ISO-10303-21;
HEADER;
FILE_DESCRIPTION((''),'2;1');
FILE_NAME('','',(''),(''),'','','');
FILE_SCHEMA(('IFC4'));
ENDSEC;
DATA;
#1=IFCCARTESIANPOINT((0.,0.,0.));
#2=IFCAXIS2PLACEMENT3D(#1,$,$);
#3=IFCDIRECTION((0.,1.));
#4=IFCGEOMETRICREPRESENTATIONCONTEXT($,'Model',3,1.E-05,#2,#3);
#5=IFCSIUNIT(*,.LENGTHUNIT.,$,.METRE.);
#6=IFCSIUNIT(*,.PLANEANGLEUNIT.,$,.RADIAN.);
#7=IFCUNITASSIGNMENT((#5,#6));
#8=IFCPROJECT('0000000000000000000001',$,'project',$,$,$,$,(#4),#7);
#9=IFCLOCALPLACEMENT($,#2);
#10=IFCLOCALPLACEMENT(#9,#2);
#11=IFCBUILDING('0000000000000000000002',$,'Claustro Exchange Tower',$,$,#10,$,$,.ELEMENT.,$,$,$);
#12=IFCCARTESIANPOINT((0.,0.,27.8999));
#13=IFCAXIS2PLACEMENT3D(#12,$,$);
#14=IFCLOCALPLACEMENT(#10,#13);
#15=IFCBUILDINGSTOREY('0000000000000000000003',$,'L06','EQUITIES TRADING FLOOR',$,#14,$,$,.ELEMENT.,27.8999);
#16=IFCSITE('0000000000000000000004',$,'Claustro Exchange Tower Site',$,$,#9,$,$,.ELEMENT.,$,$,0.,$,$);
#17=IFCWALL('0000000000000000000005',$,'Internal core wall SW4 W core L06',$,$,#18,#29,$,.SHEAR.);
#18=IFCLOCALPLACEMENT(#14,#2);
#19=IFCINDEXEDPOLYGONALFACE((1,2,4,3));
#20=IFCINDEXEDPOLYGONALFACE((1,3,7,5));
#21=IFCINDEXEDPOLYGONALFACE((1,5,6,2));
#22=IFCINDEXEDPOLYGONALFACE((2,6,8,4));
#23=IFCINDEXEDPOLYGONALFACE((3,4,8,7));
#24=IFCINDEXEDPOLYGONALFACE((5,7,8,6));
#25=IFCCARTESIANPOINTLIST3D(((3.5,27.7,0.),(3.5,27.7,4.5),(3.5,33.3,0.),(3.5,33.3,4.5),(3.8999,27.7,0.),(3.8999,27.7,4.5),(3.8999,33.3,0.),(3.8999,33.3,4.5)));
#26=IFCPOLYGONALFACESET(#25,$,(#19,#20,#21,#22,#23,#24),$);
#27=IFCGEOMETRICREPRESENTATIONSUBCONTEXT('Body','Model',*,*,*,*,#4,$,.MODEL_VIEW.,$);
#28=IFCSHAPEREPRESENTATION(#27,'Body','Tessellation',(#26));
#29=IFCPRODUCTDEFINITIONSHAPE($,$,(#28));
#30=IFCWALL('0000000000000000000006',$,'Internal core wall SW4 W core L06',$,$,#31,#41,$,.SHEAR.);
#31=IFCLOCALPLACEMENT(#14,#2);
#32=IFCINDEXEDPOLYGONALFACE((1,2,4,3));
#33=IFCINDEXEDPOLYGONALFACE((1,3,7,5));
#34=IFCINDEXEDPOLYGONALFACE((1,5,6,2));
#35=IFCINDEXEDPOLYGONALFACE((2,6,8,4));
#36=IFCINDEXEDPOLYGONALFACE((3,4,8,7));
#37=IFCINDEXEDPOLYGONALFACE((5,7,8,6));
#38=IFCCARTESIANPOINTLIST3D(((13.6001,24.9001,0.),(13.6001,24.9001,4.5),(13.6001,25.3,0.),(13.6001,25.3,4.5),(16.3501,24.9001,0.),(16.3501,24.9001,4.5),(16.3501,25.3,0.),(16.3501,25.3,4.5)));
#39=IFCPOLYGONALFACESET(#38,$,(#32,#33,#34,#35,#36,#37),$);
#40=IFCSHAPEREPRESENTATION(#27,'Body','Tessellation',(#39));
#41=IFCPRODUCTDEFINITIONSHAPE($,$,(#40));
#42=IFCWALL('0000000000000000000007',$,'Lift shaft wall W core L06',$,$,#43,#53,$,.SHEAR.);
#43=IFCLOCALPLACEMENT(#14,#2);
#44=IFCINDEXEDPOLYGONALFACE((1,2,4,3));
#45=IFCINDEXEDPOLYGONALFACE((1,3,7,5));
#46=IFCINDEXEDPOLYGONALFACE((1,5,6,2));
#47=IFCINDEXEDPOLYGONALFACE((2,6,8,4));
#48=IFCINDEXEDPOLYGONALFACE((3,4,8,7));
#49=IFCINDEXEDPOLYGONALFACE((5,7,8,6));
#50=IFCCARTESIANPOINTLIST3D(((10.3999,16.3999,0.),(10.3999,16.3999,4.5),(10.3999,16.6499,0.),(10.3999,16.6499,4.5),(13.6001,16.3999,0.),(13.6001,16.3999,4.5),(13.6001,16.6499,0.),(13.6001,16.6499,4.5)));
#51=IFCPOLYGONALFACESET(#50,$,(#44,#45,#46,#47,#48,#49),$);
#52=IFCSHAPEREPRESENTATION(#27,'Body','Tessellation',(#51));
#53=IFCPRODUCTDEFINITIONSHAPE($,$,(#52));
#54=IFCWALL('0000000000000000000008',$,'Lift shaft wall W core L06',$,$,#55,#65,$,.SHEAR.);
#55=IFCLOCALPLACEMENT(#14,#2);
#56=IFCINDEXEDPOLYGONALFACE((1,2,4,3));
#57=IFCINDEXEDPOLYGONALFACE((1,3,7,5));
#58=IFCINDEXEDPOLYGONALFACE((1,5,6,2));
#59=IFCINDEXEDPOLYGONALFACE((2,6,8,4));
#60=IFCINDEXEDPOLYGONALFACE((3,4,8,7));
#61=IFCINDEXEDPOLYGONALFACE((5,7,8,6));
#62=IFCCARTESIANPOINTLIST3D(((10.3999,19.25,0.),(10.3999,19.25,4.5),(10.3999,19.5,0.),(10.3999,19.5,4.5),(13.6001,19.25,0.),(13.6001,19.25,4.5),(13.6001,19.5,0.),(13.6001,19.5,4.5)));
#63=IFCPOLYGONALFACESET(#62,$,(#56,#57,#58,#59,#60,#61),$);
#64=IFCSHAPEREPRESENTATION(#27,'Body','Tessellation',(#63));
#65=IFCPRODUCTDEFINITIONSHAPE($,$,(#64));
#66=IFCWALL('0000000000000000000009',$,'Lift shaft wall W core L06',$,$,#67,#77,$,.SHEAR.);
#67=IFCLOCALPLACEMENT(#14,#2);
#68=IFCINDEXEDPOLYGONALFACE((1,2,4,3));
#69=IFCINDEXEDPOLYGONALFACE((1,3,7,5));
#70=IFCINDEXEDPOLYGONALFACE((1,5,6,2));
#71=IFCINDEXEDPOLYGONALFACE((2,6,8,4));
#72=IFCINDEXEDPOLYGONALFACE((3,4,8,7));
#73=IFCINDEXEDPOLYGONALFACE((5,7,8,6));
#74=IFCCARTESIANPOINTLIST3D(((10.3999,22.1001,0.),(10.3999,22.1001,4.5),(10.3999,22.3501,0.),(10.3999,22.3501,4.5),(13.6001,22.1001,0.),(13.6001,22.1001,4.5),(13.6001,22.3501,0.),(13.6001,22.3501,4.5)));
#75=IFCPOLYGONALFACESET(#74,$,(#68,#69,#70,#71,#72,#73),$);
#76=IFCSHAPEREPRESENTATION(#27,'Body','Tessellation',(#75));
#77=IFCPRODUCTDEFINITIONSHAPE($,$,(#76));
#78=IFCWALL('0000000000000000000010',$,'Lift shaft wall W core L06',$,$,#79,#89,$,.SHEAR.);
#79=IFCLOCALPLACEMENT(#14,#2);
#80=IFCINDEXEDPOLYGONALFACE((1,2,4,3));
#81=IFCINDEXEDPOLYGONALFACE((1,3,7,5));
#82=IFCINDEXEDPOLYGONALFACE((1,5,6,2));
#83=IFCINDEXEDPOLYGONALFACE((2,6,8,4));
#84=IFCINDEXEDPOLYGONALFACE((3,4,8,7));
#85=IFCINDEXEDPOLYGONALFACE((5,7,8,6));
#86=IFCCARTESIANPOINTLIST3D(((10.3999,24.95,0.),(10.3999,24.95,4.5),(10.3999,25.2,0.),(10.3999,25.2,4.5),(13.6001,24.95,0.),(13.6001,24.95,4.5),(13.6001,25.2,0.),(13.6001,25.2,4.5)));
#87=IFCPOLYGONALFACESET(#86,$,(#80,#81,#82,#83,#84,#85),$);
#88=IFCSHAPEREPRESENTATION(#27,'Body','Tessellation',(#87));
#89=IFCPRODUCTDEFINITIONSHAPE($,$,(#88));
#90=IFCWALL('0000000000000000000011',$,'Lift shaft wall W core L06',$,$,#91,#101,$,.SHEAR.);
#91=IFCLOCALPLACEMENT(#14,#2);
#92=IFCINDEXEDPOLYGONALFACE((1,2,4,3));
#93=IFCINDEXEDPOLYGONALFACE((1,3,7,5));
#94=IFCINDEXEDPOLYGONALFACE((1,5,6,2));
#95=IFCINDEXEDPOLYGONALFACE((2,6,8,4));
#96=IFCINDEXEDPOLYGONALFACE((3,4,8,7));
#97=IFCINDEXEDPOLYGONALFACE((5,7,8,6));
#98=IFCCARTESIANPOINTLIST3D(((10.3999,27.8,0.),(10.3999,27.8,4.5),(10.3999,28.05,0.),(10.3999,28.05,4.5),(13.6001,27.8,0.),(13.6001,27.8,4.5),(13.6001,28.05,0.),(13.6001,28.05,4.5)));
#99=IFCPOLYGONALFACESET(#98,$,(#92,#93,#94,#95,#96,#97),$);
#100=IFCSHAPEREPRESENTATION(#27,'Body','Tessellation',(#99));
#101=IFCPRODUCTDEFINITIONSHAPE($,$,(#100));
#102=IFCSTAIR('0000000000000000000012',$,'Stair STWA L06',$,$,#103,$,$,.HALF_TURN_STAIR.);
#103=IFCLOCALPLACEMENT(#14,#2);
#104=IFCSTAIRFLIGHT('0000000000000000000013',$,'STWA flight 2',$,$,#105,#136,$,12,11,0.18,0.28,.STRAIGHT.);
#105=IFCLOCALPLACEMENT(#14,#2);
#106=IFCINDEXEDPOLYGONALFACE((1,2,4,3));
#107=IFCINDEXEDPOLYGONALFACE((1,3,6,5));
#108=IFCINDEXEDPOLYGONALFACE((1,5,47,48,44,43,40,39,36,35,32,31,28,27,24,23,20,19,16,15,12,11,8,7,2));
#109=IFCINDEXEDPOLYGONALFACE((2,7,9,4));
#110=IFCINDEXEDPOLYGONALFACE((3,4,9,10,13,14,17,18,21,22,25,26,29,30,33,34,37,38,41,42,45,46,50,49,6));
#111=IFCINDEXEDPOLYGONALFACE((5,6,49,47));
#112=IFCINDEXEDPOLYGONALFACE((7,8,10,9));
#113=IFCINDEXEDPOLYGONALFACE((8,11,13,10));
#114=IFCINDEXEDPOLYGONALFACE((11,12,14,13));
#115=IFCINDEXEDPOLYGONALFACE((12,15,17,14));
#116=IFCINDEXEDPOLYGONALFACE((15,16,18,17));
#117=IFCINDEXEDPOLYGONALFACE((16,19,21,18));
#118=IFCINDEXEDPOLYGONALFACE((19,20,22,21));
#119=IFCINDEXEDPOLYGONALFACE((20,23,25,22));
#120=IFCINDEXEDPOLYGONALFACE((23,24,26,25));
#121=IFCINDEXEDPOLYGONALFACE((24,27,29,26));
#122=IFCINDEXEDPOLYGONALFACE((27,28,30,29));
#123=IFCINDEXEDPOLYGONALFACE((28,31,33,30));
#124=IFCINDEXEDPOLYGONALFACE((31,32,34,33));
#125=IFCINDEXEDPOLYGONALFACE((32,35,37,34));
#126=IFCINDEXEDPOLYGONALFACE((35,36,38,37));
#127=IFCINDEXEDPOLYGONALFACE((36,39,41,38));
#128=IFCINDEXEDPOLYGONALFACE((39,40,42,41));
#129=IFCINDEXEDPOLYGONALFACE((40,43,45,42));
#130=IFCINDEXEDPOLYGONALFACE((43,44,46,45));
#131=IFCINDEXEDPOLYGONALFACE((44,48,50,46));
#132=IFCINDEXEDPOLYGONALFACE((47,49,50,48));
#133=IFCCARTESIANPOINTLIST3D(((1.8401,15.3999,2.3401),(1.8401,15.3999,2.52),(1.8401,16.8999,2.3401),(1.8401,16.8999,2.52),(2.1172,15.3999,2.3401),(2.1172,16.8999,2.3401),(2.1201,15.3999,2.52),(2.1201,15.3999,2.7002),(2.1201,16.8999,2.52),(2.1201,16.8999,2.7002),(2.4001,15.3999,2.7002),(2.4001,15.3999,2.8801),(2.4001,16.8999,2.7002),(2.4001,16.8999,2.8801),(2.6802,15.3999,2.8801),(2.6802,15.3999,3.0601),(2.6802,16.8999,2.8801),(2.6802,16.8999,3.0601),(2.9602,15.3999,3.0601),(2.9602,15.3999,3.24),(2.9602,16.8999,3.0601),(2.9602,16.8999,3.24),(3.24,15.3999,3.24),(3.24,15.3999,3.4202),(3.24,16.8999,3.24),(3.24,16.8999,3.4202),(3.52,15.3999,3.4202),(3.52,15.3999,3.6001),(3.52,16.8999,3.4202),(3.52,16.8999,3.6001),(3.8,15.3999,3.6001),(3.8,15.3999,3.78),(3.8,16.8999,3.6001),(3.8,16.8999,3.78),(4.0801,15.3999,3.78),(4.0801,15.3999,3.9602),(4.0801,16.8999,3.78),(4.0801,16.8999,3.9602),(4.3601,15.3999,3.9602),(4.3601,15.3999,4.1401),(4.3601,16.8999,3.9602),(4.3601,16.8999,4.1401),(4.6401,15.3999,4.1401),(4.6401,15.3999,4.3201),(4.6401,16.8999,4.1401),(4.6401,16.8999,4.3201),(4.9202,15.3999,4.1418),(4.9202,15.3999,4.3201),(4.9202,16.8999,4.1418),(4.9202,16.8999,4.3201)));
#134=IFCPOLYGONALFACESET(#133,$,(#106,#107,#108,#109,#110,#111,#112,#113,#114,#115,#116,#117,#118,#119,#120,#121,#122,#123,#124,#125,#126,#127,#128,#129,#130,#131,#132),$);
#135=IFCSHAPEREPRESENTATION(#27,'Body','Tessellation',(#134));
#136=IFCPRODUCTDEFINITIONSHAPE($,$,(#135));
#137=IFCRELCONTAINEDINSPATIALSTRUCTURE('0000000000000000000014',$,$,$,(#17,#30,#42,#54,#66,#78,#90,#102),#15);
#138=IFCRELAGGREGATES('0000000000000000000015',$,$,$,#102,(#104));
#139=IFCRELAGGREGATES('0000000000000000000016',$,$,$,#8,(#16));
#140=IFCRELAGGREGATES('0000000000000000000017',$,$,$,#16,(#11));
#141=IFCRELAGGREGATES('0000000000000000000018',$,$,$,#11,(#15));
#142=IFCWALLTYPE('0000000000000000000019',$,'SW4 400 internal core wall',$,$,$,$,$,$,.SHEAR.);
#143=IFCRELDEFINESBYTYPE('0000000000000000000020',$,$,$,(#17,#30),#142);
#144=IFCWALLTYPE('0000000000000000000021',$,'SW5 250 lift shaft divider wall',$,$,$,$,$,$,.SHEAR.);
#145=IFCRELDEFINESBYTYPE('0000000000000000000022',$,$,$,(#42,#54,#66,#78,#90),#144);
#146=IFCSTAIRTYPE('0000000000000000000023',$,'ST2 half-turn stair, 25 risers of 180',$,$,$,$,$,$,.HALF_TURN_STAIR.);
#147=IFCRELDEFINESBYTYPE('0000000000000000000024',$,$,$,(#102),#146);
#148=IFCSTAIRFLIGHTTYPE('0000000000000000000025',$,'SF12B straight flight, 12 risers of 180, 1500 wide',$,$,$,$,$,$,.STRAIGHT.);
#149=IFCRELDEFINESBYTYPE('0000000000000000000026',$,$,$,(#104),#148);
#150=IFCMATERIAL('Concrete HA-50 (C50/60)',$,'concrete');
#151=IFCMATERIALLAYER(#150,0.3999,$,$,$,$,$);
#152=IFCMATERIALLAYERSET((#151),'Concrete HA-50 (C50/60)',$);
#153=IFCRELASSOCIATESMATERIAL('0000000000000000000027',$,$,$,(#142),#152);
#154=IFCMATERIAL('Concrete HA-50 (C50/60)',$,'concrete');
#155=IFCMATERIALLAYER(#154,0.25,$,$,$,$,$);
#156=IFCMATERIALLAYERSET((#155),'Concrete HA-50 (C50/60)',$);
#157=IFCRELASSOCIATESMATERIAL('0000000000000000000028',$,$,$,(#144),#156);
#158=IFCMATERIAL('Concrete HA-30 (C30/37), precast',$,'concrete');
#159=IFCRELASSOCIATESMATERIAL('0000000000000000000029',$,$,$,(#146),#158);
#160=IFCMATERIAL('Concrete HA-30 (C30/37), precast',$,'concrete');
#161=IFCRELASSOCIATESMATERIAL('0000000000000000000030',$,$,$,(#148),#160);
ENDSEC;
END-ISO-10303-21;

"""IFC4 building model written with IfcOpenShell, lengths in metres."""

from ifc_helpers import new_model, si_unit, direction, frame, frame_2d, origin, place, context, subcontext, project, spatial, polyline, rectangle, outline, extrude, material, layer, layer_set, type_object, element, aggregate, save


model = new_model("IFC4")

# Units and contexts
model_context = context("Model", 3, precision=1e-05, world=origin(), true_north=direction((0.0, 1.0)))
body_context = subcontext(model_context, "Body", "Model", "MODEL_VIEW")
ifc_project = project(units=[si_unit("LENGTHUNIT", "METRE"), si_unit("PLANEANGLEUNIT", "RADIAN")], contexts=[model_context])

# Site, building, storey
site_placement = place(None, origin())
site = spatial("IfcSite", under=ifc_project, at=site_placement, Name="Claustro Exchange Tower Site", CompositionType="ELEMENT", RefElevation=0.0)
building_placement = place(site_placement, origin())
building = spatial("IfcBuilding", under=site, at=building_placement, Name="Claustro Exchange Tower", CompositionType="ELEMENT")
storey_placement = place(building_placement, frame((0.0, 0.0, 27.8999)))
storey = spatial("IfcBuildingStorey", under=building, at=storey_placement, Name="L06", Description="EQUITIES TRADING FLOOR", CompositionType="ELEMENT", Elevation=27.8999)

# Walls
ifc_material_1 = material(Name="Concrete HA-50 (C50/60)", Category="concrete")
ifc_layer_1 = layer(ifc_material_1, 0.3999)
ifc_layer_set_1 = layer_set([ifc_layer_1], Name="Concrete HA-50 (C50/60)")
wall_type_1 = type_object("IfcWallType", Name="SW4 400 internal core wall", PredefinedType="SHEAR", material=ifc_layer_set_1)
wall_1_placement = place(storey_placement, frame((3.7, 27.7, 0.0), z_axis=(0.0, 0.0, 1.0), x_axis=(0.0, 1.0, 0.0)))
element("IfcWall", 1, at=wall_1_placement, inside=storey, type_object=wall_type_1, Name="Internal core wall SW4 W core L06", PredefinedType="SHEAR", context=body_context, shape_type="SweptSolid", body=[
    extrude(rectangle(XDim=5.6001, YDim=0.3999, at=frame_2d((2.8, 0.0))), origin(), (0.0, 0.0, 1.0), 4.5),
])
wall_2_placement = place(storey_placement, frame((13.6001, 25.1001, 0.0), z_axis=(0.0, 0.0, 1.0), x_axis=(1.0, 0.0, 0.0)))
element("IfcWall", 2, at=wall_2_placement, inside=storey, type_object=wall_type_1, Name="Internal core wall SW4 W core L06", PredefinedType="SHEAR", context=body_context, shape_type="SweptSolid", body=[
    extrude(rectangle(XDim=2.75, YDim=0.3999, at=frame_2d((1.375, 0.0))), origin(), (0.0, 0.0, 1.0), 4.5),
])
ifc_material_2 = material(Name="Concrete HA-50 (C50/60)", Category="concrete")
ifc_layer_2 = layer(ifc_material_2, 0.25)
ifc_layer_set_2 = layer_set([ifc_layer_2], Name="Concrete HA-50 (C50/60)")
wall_type_2 = type_object("IfcWallType", Name="SW5 250 lift shaft divider wall", PredefinedType="SHEAR", material=ifc_layer_set_2)
for number, where, z_axis, x_axis, name in (
    (3, (10.3999, 16.5249, 0.0), (0.0, 0.0, 1.0), (1.0, 0.0, 0.0), "Lift shaft wall W core L06"),
    (4, (10.3999, 19.375, 0.0), (0.0, 0.0, 1.0), (1.0, 0.0, 0.0), "Lift shaft wall W core L06"),
    (5, (10.3999, 22.2251, 0.0), (0.0, 0.0, 1.0), (1.0, 0.0, 0.0), "Lift shaft wall W core L06"),
    (6, (10.3999, 25.075, 0.0), (0.0, 0.0, 1.0), (1.0, 0.0, 0.0), "Lift shaft wall W core L06"),
    (7, (10.3999, 27.925, 0.0), (0.0, 0.0, 1.0), (1.0, 0.0, 0.0), "Lift shaft wall W core L06"),
):
    element("IfcWall", number, at=place(storey_placement, frame(where, z_axis=z_axis, x_axis=x_axis)), inside=storey, type_object=wall_type_2, Name=name, PredefinedType="SHEAR", context=body_context, shape_type="SweptSolid", body=[
        extrude(rectangle(XDim=3.2002, YDim=0.25, at=frame_2d((1.6001, 0.0))), origin(), (0.0, 0.0, 1.0), 4.5),
    ])

# Stair, stair flight
ifc_material_3 = material(Name="Concrete HA-30 (C30/37), precast", Category="concrete")
stair_type = type_object("IfcStairType", Name="ST2 half-turn stair, 25 risers of 180", PredefinedType="HALF_TURN_STAIR", material=ifc_material_3)
stair_placement = place(storey_placement, origin())
stair = element("IfcStair", 8, at=stair_placement, inside=storey, type_object=stair_type, Name="Stair STWA L06", PredefinedType="HALF_TURN_STAIR")
ifc_material_4 = material(Name="Concrete HA-30 (C30/37), precast", Category="concrete")
stair_flight_type = type_object("IfcStairFlightType", Name="SF12B straight flight, 12 risers of 180, 1500 wide", PredefinedType="STRAIGHT", material=ifc_material_4)
stair_flight_placement = place(storey_placement, frame((1.8401, 16.1499, 2.3401), z_axis=(0.0, 0.0, 1.0), x_axis=(1.0, 0.0, 0.0)))
stair_flight = element("IfcStairFlight", 9, at=stair_flight_placement, type_object=stair_flight_type, Name="STWA flight 2", NumberOfRisers=12, NumberOfTreads=11, PredefinedType="STRAIGHT", RiserHeight=0.18, TreadLength=0.28, context=body_context, shape_type="SweptSolid", body=[
    extrude(outline(polyline([(0.0, 0.0), (0.0, 0.1799), (0.28, 0.1799), (0.28, 0.3601), (0.5601, 0.3601), (0.5601, 0.54), (0.8401, 0.54), (0.8401, 0.72), (1.1201, 0.72), (1.1201, 0.8999), (1.3999, 0.8999), (1.3999, 1.0801), (1.6799, 1.0801), (1.6799, 1.26), (1.96, 1.26), (1.96, 1.4399), (2.24, 1.4399), (2.24, 1.6201), (2.52, 1.6201), (2.52, 1.8), (2.8, 1.8), (2.8, 1.98), (3.0801, 1.98), (3.0801, 2.1599), (3.0801, 1.8018), (0.2771, 0.0), (0.0, 0.0)])), frame((0.0, 0.75, 0.0), z_axis=(0.0, -1.0, 0.0), x_axis=(1.0, 0.0, 0.0)), (0.0, 0.0, 1.0), 1.5),
])
aggregate(stair, [stair_flight])

save(model, "model.ifc")
